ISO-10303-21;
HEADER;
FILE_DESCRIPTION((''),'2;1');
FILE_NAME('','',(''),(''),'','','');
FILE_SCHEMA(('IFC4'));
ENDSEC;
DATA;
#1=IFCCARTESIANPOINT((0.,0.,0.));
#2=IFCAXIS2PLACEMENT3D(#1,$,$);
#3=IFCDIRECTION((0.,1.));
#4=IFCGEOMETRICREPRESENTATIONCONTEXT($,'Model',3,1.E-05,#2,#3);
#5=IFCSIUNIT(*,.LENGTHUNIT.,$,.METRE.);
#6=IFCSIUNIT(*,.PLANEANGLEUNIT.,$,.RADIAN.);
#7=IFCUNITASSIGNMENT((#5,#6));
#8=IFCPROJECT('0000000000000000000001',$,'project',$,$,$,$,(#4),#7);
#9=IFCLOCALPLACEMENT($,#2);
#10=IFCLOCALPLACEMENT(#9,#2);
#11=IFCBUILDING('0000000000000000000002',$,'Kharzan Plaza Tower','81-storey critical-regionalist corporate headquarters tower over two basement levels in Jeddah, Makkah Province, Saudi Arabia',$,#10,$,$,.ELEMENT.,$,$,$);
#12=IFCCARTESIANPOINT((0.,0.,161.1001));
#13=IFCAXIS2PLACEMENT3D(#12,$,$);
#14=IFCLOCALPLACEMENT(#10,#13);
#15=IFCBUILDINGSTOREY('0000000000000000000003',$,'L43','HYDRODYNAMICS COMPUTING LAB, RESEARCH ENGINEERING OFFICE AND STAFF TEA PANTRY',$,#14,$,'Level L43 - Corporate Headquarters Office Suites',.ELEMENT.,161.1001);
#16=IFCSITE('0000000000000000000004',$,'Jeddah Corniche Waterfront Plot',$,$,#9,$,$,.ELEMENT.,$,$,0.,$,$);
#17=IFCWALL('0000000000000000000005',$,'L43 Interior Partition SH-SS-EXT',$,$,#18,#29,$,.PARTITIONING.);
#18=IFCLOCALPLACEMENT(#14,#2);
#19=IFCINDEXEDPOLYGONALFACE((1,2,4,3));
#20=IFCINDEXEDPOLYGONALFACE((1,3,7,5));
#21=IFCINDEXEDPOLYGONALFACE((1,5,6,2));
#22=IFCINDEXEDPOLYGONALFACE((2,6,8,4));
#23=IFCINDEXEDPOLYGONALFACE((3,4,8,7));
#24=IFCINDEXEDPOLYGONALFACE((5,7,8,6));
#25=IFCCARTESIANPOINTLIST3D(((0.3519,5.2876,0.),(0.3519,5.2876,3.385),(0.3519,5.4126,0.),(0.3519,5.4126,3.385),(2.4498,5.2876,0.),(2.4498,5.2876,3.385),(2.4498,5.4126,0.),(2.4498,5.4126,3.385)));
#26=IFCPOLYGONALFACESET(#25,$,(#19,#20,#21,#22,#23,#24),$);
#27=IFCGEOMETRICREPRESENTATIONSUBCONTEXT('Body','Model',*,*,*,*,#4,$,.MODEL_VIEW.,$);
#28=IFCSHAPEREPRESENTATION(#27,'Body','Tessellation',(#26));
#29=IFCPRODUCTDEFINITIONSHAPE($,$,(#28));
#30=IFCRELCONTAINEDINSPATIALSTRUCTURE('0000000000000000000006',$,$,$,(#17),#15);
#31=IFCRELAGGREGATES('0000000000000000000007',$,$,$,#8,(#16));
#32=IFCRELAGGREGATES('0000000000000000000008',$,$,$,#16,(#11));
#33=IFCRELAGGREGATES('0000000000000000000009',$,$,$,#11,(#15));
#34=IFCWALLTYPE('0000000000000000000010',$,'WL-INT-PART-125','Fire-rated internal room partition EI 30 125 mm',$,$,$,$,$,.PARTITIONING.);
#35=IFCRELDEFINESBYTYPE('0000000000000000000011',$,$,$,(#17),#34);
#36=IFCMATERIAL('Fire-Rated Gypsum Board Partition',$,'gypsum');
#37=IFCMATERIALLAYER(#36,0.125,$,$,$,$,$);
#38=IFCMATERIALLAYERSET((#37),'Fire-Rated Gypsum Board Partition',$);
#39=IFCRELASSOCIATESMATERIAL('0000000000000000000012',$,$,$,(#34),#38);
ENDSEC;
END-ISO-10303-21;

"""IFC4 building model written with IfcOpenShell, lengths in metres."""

from ifc_helpers import new_model, si_unit, direction, frame, frame_2d, origin, place, context, subcontext, project, spatial, rectangle, extrude, source, transform, mapped, material, layer, layer_set, type_object, element, save


model = new_model("IFC4")

# Units and contexts
model_context = context("Model", 3, precision=1e-05, world=origin(), true_north=direction((0.0, 1.0)))
body_context = subcontext(model_context, "Body", "Model", "MODEL_VIEW")
ifc_project = project(units=[si_unit("LENGTHUNIT", "METRE"), si_unit("PLANEANGLEUNIT", "RADIAN")], contexts=[model_context])

# Site, building, storey
site_placement = place(None, origin())
site = spatial("IfcSite", under=ifc_project, at=site_placement, Name="Jeddah Corniche Waterfront Plot", CompositionType="ELEMENT", RefElevation=0.0)
building_placement = place(site_placement, origin())
building = spatial("IfcBuilding", under=site, at=building_placement, Name="Kharzan Plaza Tower", Description="81-storey critical-regionalist corporate headquarters tower over two basement levels in Jeddah, Makkah Province, Saudi Arabia", CompositionType="ELEMENT")
storey_placement = place(building_placement, frame((0.0, 0.0, 161.1001)))
storey = spatial("IfcBuildingStorey", under=building, at=storey_placement, Name="L43", Description="HYDRODYNAMICS COMPUTING LAB, RESEARCH ENGINEERING OFFICE AND STAFF TEA PANTRY", LongName="Level L43 - Corporate Headquarters Office Suites", CompositionType="ELEMENT", Elevation=161.1001)

# Shared definitions
ifc_material_1 = material(Name="Fire-Rated Gypsum Board Partition", Category="gypsum")
ifc_layer_1 = layer(ifc_material_1, 0.125)
ifc_layer_set_1 = layer_set([ifc_layer_1], Name="Fire-Rated Gypsum Board Partition")
wall_type_1 = type_object("IfcWallType", Name="WL-INT-PART-125", Description="Fire-rated internal room partition EI 30 125 mm", PredefinedType="PARTITIONING", material=ifc_layer_set_1)

# Wall
shared_shape_1 = source(origin(), body_context, "Body", "SweptSolid", [
    extrude(rectangle(XDim=2.0979, YDim=0.125, at=frame_2d((1.0488, 0.0))), origin(), (0.0, 0.0, 1.0), 3.385),
])
for number, where, z_axis, x_axis, name in (
    (1, (0.3521, 5.3501, 0.0), (0.0, 0.0, 1.0), (1.0, 0.0, 0.0), "L43 Interior Partition SH-SS-EXT"),
):
    element("IfcWall", number, at=place(storey_placement, frame(where, z_axis=z_axis, x_axis=x_axis)), inside=storey, type_object=wall_type_1, Name=name, PredefinedType="PARTITIONING", context=body_context, shape_type="MappedRepresentation", body=[
        mapped(shared_shape_1, transform((0.0, 0.0, 0.0), x_axis=(1.0, 0.0, 0.0), y_axis=(0.0, 1.0, 0.0), z_axis=(0.0, 0.0, 1.0))),
    ])

save(model, "model.ifc")
